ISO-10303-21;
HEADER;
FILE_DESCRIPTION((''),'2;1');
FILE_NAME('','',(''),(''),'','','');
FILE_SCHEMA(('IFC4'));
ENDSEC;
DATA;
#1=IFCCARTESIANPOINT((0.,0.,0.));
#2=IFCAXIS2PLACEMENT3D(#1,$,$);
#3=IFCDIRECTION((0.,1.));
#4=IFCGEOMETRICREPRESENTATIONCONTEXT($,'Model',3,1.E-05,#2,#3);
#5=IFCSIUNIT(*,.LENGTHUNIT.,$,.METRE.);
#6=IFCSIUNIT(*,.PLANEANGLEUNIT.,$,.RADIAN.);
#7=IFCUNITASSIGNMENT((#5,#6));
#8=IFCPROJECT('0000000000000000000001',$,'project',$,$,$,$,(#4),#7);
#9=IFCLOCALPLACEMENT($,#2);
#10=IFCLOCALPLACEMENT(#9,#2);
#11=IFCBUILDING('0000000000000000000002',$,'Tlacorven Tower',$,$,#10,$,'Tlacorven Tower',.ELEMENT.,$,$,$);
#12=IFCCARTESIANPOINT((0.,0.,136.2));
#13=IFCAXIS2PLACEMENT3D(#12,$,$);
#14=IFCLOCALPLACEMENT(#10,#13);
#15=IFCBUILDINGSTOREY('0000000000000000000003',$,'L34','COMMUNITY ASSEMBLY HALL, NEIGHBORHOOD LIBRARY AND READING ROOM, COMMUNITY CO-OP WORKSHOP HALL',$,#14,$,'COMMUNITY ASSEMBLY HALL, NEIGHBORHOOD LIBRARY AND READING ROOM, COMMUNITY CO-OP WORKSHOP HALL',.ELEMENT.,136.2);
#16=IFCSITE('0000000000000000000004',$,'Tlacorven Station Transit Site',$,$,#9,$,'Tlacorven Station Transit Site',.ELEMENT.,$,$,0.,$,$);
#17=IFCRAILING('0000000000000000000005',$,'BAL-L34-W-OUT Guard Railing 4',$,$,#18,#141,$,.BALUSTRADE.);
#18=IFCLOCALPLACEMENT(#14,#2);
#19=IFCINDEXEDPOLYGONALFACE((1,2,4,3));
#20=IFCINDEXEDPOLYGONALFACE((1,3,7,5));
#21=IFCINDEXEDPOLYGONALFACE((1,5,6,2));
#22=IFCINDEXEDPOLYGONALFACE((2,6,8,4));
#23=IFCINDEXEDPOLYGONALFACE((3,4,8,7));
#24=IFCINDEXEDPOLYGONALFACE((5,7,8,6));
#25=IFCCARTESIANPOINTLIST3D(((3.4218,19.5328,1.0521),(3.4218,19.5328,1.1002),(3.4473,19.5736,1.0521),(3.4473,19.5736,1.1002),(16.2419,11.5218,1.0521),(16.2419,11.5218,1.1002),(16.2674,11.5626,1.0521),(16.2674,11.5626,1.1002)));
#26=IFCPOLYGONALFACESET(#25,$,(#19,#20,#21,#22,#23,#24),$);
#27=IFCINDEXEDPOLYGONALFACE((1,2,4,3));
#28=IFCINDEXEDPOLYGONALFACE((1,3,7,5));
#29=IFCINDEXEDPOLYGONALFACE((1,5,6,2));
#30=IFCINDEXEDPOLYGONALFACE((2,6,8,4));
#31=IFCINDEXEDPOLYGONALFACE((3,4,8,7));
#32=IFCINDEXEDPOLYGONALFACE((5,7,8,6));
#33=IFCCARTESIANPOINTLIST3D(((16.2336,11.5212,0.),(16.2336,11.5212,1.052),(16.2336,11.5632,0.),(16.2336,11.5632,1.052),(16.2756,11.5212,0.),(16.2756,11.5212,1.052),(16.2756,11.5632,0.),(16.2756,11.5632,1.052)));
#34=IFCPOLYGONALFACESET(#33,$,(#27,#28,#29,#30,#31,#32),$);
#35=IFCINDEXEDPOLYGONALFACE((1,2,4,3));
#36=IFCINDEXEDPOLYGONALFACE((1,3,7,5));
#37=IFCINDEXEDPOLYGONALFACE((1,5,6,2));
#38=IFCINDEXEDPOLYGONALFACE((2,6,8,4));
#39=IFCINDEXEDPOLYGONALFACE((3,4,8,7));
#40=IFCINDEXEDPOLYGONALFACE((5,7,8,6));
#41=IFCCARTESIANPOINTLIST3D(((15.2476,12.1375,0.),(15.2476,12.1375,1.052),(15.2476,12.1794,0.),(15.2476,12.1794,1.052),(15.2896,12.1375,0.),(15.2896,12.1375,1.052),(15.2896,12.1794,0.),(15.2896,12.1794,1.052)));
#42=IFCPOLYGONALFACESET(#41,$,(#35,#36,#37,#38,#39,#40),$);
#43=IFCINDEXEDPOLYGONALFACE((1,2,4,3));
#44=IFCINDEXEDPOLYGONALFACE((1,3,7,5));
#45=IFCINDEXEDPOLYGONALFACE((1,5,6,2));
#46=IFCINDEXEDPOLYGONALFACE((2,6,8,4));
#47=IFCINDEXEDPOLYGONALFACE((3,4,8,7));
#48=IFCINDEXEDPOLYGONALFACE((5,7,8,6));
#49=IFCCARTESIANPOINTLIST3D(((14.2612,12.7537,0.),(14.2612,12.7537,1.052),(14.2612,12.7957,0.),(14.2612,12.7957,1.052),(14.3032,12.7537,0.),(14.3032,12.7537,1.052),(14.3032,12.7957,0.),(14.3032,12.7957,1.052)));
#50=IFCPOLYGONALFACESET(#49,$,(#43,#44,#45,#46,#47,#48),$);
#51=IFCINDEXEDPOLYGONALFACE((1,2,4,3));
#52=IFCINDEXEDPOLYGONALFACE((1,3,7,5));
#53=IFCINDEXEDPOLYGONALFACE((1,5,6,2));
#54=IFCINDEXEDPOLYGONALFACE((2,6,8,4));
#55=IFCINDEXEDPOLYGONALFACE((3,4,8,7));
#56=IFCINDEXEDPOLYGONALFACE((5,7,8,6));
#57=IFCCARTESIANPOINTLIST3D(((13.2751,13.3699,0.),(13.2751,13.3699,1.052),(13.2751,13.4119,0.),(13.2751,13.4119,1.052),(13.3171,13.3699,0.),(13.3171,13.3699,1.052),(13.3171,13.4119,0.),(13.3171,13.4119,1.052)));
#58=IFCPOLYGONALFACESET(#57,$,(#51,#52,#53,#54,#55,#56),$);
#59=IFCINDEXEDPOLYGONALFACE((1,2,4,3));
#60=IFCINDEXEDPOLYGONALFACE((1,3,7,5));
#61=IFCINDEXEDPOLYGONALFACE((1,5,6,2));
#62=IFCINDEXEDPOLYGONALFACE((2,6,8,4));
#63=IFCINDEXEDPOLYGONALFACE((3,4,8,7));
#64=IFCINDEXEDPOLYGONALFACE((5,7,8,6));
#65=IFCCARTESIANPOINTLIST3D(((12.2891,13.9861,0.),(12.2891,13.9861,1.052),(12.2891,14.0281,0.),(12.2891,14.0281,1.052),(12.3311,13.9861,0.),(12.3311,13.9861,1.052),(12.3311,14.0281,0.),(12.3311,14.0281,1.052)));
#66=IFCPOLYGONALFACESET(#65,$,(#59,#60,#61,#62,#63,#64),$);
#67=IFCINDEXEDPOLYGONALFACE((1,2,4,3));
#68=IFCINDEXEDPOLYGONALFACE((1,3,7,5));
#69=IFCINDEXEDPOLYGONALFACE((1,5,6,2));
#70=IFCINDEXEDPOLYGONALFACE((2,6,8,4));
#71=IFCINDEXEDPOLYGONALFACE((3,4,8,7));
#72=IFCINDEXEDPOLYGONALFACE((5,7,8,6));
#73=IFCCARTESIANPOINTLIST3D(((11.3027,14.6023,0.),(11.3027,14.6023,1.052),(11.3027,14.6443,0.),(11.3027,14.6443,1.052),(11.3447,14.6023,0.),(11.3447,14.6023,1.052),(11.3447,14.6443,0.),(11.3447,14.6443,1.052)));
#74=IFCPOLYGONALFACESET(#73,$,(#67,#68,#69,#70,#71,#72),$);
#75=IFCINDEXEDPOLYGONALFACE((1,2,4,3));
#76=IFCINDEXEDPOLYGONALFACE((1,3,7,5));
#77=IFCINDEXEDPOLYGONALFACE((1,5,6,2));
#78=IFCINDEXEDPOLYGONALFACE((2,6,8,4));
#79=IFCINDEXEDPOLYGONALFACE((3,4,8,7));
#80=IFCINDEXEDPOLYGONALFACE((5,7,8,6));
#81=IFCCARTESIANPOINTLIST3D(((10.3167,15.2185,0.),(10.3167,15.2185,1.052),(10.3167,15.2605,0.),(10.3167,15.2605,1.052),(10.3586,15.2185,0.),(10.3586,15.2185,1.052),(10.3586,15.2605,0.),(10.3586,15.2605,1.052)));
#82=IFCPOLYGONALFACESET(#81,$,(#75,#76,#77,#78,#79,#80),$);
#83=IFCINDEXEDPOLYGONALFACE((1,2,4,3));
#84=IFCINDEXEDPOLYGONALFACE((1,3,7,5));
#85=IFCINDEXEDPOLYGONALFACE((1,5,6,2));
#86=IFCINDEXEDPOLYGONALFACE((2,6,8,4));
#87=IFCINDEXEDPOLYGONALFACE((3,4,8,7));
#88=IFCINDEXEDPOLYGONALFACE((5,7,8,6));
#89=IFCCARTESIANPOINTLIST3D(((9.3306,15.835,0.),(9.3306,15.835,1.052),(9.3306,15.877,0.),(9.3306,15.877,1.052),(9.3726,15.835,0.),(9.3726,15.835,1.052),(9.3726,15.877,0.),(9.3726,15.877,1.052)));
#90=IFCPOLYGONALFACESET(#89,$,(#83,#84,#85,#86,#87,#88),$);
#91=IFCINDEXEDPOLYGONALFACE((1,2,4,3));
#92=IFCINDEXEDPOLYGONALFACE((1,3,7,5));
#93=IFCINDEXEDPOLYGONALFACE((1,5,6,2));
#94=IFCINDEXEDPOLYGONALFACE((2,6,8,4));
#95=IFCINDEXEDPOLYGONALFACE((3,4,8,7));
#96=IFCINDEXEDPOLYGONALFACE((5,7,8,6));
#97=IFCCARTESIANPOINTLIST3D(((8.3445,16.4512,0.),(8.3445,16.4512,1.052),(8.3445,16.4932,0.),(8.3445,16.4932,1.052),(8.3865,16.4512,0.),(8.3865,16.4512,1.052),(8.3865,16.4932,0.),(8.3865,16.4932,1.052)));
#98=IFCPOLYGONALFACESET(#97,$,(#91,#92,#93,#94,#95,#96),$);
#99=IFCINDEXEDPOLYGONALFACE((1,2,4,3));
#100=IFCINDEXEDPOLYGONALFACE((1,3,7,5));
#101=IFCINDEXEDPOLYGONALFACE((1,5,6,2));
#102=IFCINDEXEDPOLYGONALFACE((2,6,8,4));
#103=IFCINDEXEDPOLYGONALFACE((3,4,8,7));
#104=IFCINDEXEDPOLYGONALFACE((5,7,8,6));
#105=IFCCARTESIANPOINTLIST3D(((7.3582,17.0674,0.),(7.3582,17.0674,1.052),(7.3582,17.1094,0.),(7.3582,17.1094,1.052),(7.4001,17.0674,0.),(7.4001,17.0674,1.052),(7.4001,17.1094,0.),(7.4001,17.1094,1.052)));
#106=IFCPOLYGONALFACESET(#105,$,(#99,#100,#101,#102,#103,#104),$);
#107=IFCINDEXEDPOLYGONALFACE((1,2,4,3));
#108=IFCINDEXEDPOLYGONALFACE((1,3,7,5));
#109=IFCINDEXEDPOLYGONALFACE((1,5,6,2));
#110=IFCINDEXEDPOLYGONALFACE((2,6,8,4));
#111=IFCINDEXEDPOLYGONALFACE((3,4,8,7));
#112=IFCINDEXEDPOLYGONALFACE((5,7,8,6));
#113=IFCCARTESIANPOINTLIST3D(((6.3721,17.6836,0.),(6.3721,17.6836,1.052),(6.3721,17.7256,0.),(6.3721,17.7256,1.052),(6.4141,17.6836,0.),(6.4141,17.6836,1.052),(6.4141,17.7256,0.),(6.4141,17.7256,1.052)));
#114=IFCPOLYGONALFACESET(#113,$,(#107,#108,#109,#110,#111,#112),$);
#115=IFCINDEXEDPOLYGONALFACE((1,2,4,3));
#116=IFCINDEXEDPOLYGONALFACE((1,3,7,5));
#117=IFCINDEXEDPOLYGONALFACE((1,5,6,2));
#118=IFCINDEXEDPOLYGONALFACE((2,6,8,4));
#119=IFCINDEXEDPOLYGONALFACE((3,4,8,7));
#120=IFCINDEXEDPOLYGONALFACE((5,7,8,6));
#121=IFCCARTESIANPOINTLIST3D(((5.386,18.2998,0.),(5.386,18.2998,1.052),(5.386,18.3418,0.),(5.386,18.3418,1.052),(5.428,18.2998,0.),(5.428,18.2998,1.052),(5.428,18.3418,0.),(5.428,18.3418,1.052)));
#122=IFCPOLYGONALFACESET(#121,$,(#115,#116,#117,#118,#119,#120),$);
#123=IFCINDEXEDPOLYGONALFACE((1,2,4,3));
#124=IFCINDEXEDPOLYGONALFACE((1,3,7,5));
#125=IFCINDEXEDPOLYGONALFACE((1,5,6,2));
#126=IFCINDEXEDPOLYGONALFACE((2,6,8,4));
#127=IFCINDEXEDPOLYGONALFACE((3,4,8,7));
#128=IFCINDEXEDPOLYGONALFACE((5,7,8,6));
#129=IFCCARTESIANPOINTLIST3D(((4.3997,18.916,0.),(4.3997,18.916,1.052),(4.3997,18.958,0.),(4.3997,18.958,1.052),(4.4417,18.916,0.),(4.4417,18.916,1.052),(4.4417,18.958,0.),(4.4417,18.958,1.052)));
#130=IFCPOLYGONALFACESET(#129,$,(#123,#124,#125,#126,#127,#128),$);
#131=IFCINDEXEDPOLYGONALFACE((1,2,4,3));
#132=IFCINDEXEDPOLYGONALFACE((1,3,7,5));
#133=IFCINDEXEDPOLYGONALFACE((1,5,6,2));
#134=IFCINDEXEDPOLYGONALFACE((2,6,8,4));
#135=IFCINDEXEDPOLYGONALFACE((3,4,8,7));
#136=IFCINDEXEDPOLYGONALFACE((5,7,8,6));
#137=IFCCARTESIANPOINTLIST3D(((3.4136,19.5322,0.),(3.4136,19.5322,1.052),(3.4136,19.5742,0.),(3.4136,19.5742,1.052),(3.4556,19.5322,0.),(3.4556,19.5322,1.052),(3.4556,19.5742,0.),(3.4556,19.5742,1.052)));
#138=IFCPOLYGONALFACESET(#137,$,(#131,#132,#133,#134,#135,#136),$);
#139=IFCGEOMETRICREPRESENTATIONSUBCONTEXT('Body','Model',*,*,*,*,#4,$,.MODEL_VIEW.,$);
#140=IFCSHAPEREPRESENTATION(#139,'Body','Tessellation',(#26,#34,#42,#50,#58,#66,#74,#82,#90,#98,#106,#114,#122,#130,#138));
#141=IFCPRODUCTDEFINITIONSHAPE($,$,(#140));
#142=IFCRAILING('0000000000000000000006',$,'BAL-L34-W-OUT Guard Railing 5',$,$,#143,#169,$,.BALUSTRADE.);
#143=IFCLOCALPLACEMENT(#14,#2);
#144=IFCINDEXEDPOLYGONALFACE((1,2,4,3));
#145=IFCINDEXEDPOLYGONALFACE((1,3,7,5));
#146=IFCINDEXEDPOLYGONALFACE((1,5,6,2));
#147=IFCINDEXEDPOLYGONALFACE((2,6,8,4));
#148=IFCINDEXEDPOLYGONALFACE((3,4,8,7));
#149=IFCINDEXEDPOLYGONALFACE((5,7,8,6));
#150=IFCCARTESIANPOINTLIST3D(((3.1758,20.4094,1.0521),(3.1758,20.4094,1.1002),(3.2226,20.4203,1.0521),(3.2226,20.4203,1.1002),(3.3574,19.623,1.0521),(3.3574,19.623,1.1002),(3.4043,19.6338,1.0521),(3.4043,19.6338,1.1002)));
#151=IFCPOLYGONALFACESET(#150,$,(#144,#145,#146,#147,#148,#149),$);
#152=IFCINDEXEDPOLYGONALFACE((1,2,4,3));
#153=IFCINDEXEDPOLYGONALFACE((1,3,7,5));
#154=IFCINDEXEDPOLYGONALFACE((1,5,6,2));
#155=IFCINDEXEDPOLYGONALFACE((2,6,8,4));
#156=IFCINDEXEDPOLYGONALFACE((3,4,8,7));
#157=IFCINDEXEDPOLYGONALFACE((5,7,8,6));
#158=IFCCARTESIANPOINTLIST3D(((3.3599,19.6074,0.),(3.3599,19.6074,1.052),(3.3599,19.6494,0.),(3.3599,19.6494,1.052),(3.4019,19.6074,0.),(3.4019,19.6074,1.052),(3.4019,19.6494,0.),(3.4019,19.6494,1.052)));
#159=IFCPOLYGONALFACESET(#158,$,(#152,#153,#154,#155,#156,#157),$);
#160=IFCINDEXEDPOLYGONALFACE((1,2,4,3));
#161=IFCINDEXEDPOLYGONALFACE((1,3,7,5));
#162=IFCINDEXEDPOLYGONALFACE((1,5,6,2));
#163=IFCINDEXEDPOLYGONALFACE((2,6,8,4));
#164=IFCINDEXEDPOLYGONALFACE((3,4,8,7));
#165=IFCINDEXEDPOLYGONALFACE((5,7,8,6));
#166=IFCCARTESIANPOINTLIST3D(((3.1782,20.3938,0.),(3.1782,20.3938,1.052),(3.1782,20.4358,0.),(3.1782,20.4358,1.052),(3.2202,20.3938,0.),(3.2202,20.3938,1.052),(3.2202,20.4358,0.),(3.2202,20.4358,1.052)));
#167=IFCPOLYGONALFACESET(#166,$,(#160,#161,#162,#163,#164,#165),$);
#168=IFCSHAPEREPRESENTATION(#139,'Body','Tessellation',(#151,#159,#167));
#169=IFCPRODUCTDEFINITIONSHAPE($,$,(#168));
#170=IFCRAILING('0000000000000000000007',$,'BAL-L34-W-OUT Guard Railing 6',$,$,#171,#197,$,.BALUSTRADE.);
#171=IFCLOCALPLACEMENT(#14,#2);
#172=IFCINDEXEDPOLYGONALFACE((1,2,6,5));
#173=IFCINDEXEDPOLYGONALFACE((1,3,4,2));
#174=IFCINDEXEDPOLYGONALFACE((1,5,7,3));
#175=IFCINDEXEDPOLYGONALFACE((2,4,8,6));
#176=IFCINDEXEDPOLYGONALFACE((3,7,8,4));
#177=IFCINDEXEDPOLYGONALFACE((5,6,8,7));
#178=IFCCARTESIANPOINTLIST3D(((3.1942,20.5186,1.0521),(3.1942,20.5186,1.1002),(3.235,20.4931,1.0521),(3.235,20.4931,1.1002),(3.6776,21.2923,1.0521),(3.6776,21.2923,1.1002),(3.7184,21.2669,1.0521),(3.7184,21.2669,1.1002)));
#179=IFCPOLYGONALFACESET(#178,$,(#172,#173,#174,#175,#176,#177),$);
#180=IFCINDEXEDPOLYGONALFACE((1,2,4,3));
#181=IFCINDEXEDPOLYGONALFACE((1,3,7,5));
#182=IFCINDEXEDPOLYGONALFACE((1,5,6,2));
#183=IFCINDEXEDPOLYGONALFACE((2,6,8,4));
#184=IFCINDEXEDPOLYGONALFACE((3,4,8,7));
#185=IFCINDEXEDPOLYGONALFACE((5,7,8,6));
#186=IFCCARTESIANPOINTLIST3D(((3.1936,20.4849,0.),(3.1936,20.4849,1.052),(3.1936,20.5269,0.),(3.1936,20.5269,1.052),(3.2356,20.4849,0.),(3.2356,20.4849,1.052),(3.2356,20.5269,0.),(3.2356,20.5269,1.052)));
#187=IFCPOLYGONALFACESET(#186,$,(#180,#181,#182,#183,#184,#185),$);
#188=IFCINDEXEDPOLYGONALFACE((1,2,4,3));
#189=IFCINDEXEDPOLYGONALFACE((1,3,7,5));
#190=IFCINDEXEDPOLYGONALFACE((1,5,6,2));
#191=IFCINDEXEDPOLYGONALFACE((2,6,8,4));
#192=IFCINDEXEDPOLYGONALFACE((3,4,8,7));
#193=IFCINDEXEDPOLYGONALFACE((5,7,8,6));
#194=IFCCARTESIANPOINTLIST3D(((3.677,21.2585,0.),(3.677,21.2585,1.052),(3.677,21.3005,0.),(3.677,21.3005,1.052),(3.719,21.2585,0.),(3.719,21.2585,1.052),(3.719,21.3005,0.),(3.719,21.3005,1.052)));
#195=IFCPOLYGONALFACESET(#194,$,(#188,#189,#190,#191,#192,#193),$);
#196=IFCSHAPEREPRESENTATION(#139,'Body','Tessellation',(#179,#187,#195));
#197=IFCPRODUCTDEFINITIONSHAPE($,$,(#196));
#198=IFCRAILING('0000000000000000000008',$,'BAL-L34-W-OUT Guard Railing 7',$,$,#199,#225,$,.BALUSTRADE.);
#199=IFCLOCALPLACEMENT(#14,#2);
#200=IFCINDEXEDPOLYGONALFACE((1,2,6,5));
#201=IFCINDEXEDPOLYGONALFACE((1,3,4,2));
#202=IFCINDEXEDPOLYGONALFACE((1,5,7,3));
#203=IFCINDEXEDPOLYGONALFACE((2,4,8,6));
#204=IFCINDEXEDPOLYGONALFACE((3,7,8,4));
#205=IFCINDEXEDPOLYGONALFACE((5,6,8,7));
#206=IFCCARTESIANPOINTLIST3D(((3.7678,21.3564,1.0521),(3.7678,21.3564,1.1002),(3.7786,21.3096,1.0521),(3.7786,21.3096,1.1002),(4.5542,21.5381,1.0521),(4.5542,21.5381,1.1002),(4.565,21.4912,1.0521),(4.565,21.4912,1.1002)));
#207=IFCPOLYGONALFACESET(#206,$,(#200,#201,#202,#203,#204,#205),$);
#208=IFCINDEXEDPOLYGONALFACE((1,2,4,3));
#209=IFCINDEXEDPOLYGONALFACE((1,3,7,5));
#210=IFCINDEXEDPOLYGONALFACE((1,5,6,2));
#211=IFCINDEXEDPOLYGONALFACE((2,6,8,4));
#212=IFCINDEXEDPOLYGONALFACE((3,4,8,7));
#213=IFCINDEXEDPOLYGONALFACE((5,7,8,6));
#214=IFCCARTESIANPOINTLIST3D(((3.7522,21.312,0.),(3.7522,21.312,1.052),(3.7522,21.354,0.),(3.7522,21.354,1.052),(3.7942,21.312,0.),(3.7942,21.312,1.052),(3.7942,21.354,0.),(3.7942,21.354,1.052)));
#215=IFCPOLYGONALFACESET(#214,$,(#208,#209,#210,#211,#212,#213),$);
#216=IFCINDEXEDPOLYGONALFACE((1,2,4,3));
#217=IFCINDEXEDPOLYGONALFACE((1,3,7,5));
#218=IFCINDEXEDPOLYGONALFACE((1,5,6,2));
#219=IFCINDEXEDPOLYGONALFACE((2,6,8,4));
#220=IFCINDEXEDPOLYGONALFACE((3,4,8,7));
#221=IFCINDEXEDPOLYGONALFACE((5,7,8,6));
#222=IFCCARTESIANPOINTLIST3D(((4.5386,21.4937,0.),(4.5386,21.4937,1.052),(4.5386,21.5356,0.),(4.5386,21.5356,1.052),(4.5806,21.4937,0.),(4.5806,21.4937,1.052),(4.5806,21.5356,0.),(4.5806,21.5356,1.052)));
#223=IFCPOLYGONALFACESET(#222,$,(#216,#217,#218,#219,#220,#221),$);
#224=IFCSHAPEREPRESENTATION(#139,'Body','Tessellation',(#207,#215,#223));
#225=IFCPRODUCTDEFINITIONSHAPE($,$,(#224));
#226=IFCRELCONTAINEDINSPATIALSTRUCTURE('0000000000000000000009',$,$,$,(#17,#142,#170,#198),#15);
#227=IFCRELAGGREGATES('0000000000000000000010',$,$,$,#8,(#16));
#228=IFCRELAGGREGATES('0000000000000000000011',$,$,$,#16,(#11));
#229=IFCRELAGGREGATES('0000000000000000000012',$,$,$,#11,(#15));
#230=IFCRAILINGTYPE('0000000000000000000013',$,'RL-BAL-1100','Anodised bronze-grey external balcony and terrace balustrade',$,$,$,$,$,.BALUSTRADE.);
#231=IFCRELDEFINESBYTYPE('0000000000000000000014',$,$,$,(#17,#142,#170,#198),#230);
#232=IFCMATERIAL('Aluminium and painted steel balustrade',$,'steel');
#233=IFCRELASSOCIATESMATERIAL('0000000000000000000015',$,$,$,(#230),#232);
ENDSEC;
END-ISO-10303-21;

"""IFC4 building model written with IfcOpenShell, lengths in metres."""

from ifc_helpers import new_model, si_unit, direction, frame, origin, origin_2d, place, context, subcontext, project, spatial, rectangle, extrude, source, transform, mapped, material, type_object, element, save


model = new_model("IFC4")

# Units and contexts
model_context = context("Model", 3, precision=1e-05, world=origin(), true_north=direction((0.0, 1.0)))
body_context = subcontext(model_context, "Body", "Model", "MODEL_VIEW")
ifc_project = project(units=[si_unit("LENGTHUNIT", "METRE"), si_unit("PLANEANGLEUNIT", "RADIAN")], contexts=[model_context])

# Site, building, storey
site_placement = place(None, origin())
site = spatial("IfcSite", under=ifc_project, at=site_placement, Name="Tlacorven Station Transit Site", LongName="Tlacorven Station Transit Site", CompositionType="ELEMENT", RefElevation=0.0)
building_placement = place(site_placement, origin())
building = spatial("IfcBuilding", under=site, at=building_placement, Name="Tlacorven Tower", LongName="Tlacorven Tower", CompositionType="ELEMENT")
storey_placement = place(building_placement, frame((0.0, 0.0, 136.2)))
storey = spatial("IfcBuildingStorey", under=building, at=storey_placement, Name="L34", Description="COMMUNITY ASSEMBLY HALL, NEIGHBORHOOD LIBRARY AND READING ROOM, COMMUNITY CO-OP WORKSHOP HALL", LongName="COMMUNITY ASSEMBLY HALL, NEIGHBORHOOD LIBRARY AND READING ROOM, COMMUNITY CO-OP WORKSHOP HALL", CompositionType="ELEMENT", Elevation=136.2)

# Railings
ifc_material_1 = material(Name="Aluminium and painted steel balustrade", Category="steel")
railing_type = type_object("IfcRailingType", Name="RL-BAL-1100", Description="Anodised bronze-grey external balcony and terrace balustrade", PredefinedType="BALUSTRADE", material=ifc_material_1)
shared_shape_1 = source(origin(), body_context, "Body", "SweptSolid", [
    extrude(rectangle(XDim=0.0481, YDim=0.0481, at=origin_2d()), frame((0.0, 0.0, 1.0762), z_axis=(-0.848045, 0.529925, 0.0), x_axis=(-0.529925, -0.848045, 0.0)), (0.0, 0.0, 1.0), 15.1172),
    extrude(rectangle(XDim=0.042, YDim=0.042, at=origin_2d()), origin(), (0.0, 0.0, 1.0), 1.052),
    extrude(rectangle(XDim=0.042, YDim=0.042, at=origin_2d()), frame((-0.9861, 0.6162, 0.0)), (0.0, 0.0, 1.0), 1.052),
    extrude(rectangle(XDim=0.042, YDim=0.042, at=origin_2d()), frame((-1.9724, 1.2324, 0.0)), (0.0, 0.0, 1.0), 1.052),
    extrude(rectangle(XDim=0.042, YDim=0.042, at=origin_2d()), frame((-2.9585, 1.8486, 0.0)), (0.0, 0.0, 1.0), 1.052),
    extrude(rectangle(XDim=0.042, YDim=0.042, at=origin_2d()), frame((-3.9446, 2.4648, 0.0)), (0.0, 0.0, 1.0), 1.052),
    extrude(rectangle(XDim=0.042, YDim=0.042, at=origin_2d()), frame((-4.9309, 3.0811, 0.0)), (0.0, 0.0, 1.0), 1.052),
    extrude(rectangle(XDim=0.042, YDim=0.042, at=origin_2d()), frame((-5.917, 3.6973, 0.0)), (0.0, 0.0, 1.0), 1.052),
    extrude(rectangle(XDim=0.042, YDim=0.042, at=origin_2d()), frame((-6.9031, 4.3137, 0.0)), (0.0, 0.0, 1.0), 1.052),
    extrude(rectangle(XDim=0.042, YDim=0.042, at=origin_2d()), frame((-7.8892, 4.9299, 0.0)), (0.0, 0.0, 1.0), 1.052),
    extrude(rectangle(XDim=0.042, YDim=0.042, at=origin_2d()), frame((-8.8755, 5.5461, 0.0)), (0.0, 0.0, 1.0), 1.052),
    extrude(rectangle(XDim=0.042, YDim=0.042, at=origin_2d()), frame((-9.8616, 6.1624, 0.0)), (0.0, 0.0, 1.0), 1.052),
    extrude(rectangle(XDim=0.042, YDim=0.042, at=origin_2d()), frame((-10.8477, 6.7786, 0.0)), (0.0, 0.0, 1.0), 1.052),
    extrude(rectangle(XDim=0.042, YDim=0.042, at=origin_2d()), frame((-11.834, 7.3948, 0.0)), (0.0, 0.0, 1.0), 1.052),
    extrude(rectangle(XDim=0.042, YDim=0.042, at=origin_2d()), frame((-12.8201, 8.011, 0.0)), (0.0, 0.0, 1.0), 1.052),
])
railing_1_placement = place(storey_placement, frame((16.2546, 11.5422, 0.0)))
element("IfcRailing", 1, at=railing_1_placement, inside=storey, type_object=railing_type, Name="BAL-L34-W-OUT Guard Railing 4", PredefinedType="BALUSTRADE", context=body_context, shape_type="MappedRepresentation", body=[
    mapped(shared_shape_1, transform((0.0, 0.0, 0.0), scale=1.0)),
])
shared_shape_2 = source(origin(), body_context, "Body", "SweptSolid", [
    extrude(rectangle(XDim=0.0481, YDim=0.0481, at=origin_2d()), frame((0.0, 0.0, 1.0762), z_axis=(-0.225058, 0.974345, 0.0), x_axis=(-0.974345, -0.225058, 0.0)), (0.0, 0.0, 1.0), 0.8071),
    extrude(rectangle(XDim=0.042, YDim=0.042, at=origin_2d()), origin(), (0.0, 0.0, 1.0), 1.052),
    extrude(rectangle(XDim=0.042, YDim=0.042, at=origin_2d()), frame((-0.1816, 0.7864, 0.0)), (0.0, 0.0, 1.0), 1.052),
])
railing_2_placement = place(storey_placement, frame((3.3809, 19.6284, 0.0)))
element("IfcRailing", 2, at=railing_2_placement, inside=storey, type_object=railing_type, Name="BAL-L34-W-OUT Guard Railing 5", PredefinedType="BALUSTRADE", context=body_context, shape_type="MappedRepresentation", body=[
    mapped(shared_shape_2, transform((0.0, 0.0, 0.0), scale=1.0)),
])
shared_shape_3 = source(origin(), body_context, "Body", "SweptSolid", [
    extrude(rectangle(XDim=0.0481, YDim=0.0481, at=origin_2d()), frame((0.0, 0.0, 1.0762), z_axis=(0.529879, 0.848073, 0.0), x_axis=(-0.848073, 0.529879, 0.0)), (0.0, 0.0, 1.0), 0.9124),
    extrude(rectangle(XDim=0.042, YDim=0.042, at=origin_2d()), origin(), (0.0, 0.0, 1.0), 1.052),
    extrude(rectangle(XDim=0.042, YDim=0.042, at=origin_2d()), frame((0.4834, 0.7737, 0.0)), (0.0, 0.0, 1.0), 1.052),
])
railing_3_placement = place(storey_placement, frame((3.2146, 20.5059, 0.0)))
element("IfcRailing", 3, at=railing_3_placement, inside=storey, type_object=railing_type, Name="BAL-L34-W-OUT Guard Railing 6", PredefinedType="BALUSTRADE", context=body_context, shape_type="MappedRepresentation", body=[
    mapped(shared_shape_3, transform((0.0, 0.0, 0.0), scale=1.0)),
])
shared_shape_4 = source(origin(), body_context, "Body", "SweptSolid", [
    extrude(rectangle(XDim=0.0481, YDim=0.0481, at=origin_2d()), frame((0.0, 0.0, 1.0762), z_axis=(0.974345, 0.225058, 0.0), x_axis=(-0.225058, 0.974345, 0.0)), (0.0, 0.0, 1.0), 0.8071),
    extrude(rectangle(XDim=0.042, YDim=0.042, at=origin_2d()), origin(), (0.0, 0.0, 1.0), 1.052),
    extrude(rectangle(XDim=0.042, YDim=0.042, at=origin_2d()), frame((0.7864, 0.1816, 0.0)), (0.0, 0.0, 1.0), 1.052),
])
railing_4_placement = place(storey_placement, frame((3.7732, 21.333, 0.0)))
element("IfcRailing", 4, at=railing_4_placement, inside=storey, type_object=railing_type, Name="BAL-L34-W-OUT Guard Railing 7", PredefinedType="BALUSTRADE", context=body_context, shape_type="MappedRepresentation", body=[
    mapped(shared_shape_4, transform((0.0, 0.0, 0.0), scale=1.0)),
])

save(model, "model.ifc")
